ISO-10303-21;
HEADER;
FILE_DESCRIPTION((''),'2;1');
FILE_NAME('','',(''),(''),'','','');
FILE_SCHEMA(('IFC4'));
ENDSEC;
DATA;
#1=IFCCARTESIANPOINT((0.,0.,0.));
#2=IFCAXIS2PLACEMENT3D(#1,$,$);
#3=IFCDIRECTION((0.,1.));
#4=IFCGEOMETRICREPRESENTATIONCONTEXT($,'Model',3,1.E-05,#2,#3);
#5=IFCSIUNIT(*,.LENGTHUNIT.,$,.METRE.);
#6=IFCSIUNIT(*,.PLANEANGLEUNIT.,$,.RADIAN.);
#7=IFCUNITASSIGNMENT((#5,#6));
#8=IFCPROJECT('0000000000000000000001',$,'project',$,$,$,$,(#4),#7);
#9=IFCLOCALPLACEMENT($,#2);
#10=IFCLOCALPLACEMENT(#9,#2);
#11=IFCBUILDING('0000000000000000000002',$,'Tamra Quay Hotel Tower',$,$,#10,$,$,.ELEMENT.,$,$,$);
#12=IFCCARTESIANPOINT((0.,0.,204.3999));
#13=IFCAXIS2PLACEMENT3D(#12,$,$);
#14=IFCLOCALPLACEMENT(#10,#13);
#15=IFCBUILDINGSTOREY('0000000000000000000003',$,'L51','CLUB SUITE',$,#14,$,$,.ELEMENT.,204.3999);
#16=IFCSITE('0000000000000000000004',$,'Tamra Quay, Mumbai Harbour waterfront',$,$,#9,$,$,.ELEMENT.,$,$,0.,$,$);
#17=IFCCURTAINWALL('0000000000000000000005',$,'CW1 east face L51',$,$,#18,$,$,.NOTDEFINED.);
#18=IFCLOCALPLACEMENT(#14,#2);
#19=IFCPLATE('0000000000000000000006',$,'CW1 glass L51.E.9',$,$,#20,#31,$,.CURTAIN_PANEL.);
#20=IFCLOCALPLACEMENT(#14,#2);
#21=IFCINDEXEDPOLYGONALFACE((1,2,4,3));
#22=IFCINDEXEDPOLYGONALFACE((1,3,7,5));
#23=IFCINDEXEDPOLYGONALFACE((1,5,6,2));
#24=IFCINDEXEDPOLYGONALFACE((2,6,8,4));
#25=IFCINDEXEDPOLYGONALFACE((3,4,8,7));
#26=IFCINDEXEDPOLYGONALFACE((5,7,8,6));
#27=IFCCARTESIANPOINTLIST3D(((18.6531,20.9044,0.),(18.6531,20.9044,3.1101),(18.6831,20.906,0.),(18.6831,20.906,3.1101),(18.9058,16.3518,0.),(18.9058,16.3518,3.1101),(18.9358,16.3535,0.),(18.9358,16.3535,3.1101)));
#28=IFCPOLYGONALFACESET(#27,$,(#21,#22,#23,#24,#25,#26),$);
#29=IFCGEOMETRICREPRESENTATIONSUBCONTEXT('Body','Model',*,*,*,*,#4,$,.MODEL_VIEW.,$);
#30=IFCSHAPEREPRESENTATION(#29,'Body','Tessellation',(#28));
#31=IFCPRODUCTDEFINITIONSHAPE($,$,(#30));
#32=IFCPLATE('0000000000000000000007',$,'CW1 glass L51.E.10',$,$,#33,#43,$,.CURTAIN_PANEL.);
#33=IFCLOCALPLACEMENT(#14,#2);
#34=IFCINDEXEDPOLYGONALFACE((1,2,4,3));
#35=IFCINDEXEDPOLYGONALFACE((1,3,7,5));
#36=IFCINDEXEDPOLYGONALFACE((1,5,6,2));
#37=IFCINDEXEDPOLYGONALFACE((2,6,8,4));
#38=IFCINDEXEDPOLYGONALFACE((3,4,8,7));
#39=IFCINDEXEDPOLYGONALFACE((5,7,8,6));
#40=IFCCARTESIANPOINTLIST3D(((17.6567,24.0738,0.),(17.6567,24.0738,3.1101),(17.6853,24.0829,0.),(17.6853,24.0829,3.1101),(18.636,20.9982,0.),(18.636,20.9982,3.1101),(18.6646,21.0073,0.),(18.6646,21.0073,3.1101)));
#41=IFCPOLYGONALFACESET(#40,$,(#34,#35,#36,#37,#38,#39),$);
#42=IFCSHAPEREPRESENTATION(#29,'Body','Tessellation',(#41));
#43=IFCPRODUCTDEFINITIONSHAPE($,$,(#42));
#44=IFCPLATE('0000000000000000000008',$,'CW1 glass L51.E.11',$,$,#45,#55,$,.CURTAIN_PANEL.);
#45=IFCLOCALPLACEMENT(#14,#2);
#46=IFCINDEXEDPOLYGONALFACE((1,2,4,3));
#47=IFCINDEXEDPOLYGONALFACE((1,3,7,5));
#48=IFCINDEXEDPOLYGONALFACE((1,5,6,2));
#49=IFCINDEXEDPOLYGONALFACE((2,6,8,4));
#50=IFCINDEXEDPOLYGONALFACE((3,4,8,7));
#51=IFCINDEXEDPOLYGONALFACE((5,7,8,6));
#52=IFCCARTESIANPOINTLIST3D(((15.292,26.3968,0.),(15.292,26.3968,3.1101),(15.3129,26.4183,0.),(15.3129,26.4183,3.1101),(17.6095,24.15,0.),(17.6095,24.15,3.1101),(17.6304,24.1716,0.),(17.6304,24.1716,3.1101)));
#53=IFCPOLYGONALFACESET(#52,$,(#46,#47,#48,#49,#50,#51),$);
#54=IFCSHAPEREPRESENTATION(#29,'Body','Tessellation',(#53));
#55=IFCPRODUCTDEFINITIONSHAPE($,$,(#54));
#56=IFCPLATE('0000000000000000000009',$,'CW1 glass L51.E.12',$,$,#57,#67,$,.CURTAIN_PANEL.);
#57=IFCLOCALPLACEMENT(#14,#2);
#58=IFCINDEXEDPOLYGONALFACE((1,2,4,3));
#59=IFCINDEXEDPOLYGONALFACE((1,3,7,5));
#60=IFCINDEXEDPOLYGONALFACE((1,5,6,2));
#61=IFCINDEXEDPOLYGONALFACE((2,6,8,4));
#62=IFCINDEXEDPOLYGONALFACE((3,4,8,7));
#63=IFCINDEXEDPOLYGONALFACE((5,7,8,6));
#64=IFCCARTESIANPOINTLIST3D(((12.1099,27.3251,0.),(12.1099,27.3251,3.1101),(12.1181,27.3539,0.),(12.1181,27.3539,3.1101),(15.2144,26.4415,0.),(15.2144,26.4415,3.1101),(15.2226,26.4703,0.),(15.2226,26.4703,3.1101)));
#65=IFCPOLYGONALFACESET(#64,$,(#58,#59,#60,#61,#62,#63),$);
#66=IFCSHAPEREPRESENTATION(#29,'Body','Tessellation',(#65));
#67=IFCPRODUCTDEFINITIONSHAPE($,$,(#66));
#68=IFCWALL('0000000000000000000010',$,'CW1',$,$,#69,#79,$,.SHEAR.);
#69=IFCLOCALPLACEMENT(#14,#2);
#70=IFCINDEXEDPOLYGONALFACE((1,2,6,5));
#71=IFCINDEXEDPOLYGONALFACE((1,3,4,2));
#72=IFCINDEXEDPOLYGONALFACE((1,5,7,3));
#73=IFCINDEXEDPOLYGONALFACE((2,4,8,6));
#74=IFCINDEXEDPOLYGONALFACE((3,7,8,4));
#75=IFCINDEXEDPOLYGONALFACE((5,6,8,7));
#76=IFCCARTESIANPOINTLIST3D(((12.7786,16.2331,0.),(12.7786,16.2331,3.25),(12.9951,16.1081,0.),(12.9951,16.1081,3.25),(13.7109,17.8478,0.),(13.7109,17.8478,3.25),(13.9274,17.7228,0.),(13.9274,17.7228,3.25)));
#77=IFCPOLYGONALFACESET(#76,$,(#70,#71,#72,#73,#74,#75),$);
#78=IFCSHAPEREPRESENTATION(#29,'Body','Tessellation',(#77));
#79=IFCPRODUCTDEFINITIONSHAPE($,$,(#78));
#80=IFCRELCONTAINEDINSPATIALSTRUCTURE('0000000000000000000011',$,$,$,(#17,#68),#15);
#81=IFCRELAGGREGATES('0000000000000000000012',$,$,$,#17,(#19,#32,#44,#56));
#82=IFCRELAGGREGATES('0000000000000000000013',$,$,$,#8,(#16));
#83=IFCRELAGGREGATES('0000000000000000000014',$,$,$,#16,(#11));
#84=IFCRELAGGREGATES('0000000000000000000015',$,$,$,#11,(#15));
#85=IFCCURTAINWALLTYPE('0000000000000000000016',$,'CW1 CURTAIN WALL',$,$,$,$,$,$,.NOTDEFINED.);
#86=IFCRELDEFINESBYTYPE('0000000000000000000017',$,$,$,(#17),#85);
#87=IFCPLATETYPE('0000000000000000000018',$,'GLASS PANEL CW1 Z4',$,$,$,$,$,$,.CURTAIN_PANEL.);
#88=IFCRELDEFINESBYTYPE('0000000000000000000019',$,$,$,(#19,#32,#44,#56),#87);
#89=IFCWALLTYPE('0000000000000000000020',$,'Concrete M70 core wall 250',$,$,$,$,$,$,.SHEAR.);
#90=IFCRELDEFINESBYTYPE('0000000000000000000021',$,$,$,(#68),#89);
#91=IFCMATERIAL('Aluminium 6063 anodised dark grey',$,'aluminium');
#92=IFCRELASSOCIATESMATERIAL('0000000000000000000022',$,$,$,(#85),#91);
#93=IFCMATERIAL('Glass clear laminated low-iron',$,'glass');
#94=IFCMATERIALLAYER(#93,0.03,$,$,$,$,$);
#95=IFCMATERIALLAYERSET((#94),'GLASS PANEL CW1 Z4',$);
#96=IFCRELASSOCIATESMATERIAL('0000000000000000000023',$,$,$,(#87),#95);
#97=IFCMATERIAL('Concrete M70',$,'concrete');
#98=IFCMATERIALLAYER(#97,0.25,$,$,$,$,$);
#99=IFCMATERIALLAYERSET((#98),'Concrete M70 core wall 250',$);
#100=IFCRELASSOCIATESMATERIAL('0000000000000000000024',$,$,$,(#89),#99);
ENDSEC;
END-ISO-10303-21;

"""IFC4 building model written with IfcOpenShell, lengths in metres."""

from ifc_helpers import new_model, si_unit, direction, frame, frame_2d, origin, origin_2d, place, context, subcontext, project, spatial, rectangle, extrude, material, layer, layer_set, type_object, element, aggregate, save


model = new_model("IFC4")

# Units and contexts
model_context = context("Model", 3, precision=1e-05, world=origin(), true_north=direction((0.0, 1.0)))
body_context = subcontext(model_context, "Body", "Model", "MODEL_VIEW")
ifc_project = project(units=[si_unit("LENGTHUNIT", "METRE"), si_unit("PLANEANGLEUNIT", "RADIAN")], contexts=[model_context])

# Site, building, storey
site_placement = place(None, origin())
site = spatial("IfcSite", under=ifc_project, at=site_placement, Name="Tamra Quay, Mumbai Harbour waterfront", CompositionType="ELEMENT", RefElevation=0.0)
building_placement = place(site_placement, origin())
building = spatial("IfcBuilding", under=site, at=building_placement, Name="Tamra Quay Hotel Tower", CompositionType="ELEMENT")
storey_placement = place(building_placement, frame((0.0, 0.0, 204.3999)))
storey = spatial("IfcBuildingStorey", under=building, at=storey_placement, Name="L51", Description="CLUB SUITE", CompositionType="ELEMENT", Elevation=204.3999)

# Shared definitions
ifc_material_1 = material(Name="Concrete M70", Category="concrete")

# Curtain wall
ifc_material_2 = material(Name="Aluminium 6063 anodised dark grey", Category="aluminium")
curtain_wall_type = type_object("IfcCurtainWallType", Name="CW1 CURTAIN WALL", PredefinedType="NOTDEFINED", material=ifc_material_2)
curtain_wall_placement = place(storey_placement, origin())
curtain_wall = element("IfcCurtainWall", 1, at=curtain_wall_placement, inside=storey, type_object=curtain_wall_type, Name="CW1 east face L51", PredefinedType="NOTDEFINED")

# Plates
ifc_material_3 = material(Name="Glass clear laminated low-iron", Category="glass")
ifc_layer_1 = layer(ifc_material_3, 0.03)
ifc_layer_set_1 = layer_set([ifc_layer_1], Name="GLASS PANEL CW1 Z4")
plate_type = type_object("IfcPlateType", Name="GLASS PANEL CW1 Z4", PredefinedType="CURTAIN_PANEL", material=ifc_layer_set_1)
plate_1_placement = place(storey_placement, frame((18.7944, 18.6289, 0.0), z_axis=(0.0, 0.0, 1.0), x_axis=(-0.055417, 0.998463, 0.0)))
plate_1 = element("IfcPlate", 2, at=plate_1_placement, type_object=plate_type, Name="CW1 glass L51.E.9", PredefinedType="CURTAIN_PANEL", context=body_context, shape_type="SweptSolid", body=[
    extrude(rectangle(XDim=4.5596, YDim=0.03, at=origin_2d()), origin(), (0.0, 0.0, 1.0), 3.1101),
])
plate_2_placement = place(storey_placement, frame((18.1606, 22.5405, 0.0), z_axis=(0.0, 0.0, 1.0), x_axis=(-0.30341, 0.95286, 0.0)))
plate_2 = element("IfcPlate", 3, at=plate_2_placement, type_object=plate_type, Name="CW1 glass L51.E.10", PredefinedType="CURTAIN_PANEL", context=body_context, shape_type="SweptSolid", body=[
    extrude(rectangle(XDim=3.2278, YDim=0.03, at=origin_2d()), origin(), (0.0, 0.0, 1.0), 3.1101),
])
plate_3_placement = place(storey_placement, frame((16.4612, 25.2842, 0.0), z_axis=(0.0, 0.0, 1.0), x_axis=(-0.717975, 0.696069, 0.0)))
plate_3 = element("IfcPlate", 4, at=plate_3_placement, type_object=plate_type, Name="CW1 glass L51.E.11", PredefinedType="CURTAIN_PANEL", context=body_context, shape_type="SweptSolid", body=[
    extrude(rectangle(XDim=3.2278, YDim=0.03, at=origin_2d()), origin(), (0.0, 0.0, 1.0), 3.1101),
])
plate_4_placement = place(storey_placement, frame((13.6663, 26.8977, 0.0), z_axis=(0.0, 0.0, 1.0), x_axis=(-0.961801, 0.27375, 0.0)))
plate_4 = element("IfcPlate", 5, at=plate_4_placement, type_object=plate_type, Name="CW1 glass L51.E.12", PredefinedType="CURTAIN_PANEL", context=body_context, shape_type="SweptSolid", body=[
    extrude(rectangle(XDim=3.2278, YDim=0.03, at=origin_2d()), origin(), (0.0, 0.0, 1.0), 3.1101),
])
aggregate(curtain_wall, [plate_1, plate_2, plate_3, plate_4])

# Wall
ifc_layer_2 = layer(ifc_material_1, 0.25)
ifc_layer_set_2 = layer_set([ifc_layer_2], Name="Concrete M70 core wall 250")
wall_type = type_object("IfcWallType", Name="Concrete M70 core wall 250", PredefinedType="SHEAR", material=ifc_layer_set_2)
wall_placement = place(storey_placement, frame((13.8191, 17.7852, 0.0), z_axis=(0.0, 0.0, 1.0), x_axis=(-0.50004, -0.866002, 0.0)))
element("IfcWall", 6, at=wall_placement, inside=storey, type_object=wall_type, Name="CW1", PredefinedType="SHEAR", context=body_context, shape_type="SweptSolid", body=[
    extrude(rectangle(XDim=1.8645, YDim=0.25, at=frame_2d((0.9321, 0.0))), origin(), (0.0, 0.0, 1.0), 3.25),
])

save(model, "model.ifc")
